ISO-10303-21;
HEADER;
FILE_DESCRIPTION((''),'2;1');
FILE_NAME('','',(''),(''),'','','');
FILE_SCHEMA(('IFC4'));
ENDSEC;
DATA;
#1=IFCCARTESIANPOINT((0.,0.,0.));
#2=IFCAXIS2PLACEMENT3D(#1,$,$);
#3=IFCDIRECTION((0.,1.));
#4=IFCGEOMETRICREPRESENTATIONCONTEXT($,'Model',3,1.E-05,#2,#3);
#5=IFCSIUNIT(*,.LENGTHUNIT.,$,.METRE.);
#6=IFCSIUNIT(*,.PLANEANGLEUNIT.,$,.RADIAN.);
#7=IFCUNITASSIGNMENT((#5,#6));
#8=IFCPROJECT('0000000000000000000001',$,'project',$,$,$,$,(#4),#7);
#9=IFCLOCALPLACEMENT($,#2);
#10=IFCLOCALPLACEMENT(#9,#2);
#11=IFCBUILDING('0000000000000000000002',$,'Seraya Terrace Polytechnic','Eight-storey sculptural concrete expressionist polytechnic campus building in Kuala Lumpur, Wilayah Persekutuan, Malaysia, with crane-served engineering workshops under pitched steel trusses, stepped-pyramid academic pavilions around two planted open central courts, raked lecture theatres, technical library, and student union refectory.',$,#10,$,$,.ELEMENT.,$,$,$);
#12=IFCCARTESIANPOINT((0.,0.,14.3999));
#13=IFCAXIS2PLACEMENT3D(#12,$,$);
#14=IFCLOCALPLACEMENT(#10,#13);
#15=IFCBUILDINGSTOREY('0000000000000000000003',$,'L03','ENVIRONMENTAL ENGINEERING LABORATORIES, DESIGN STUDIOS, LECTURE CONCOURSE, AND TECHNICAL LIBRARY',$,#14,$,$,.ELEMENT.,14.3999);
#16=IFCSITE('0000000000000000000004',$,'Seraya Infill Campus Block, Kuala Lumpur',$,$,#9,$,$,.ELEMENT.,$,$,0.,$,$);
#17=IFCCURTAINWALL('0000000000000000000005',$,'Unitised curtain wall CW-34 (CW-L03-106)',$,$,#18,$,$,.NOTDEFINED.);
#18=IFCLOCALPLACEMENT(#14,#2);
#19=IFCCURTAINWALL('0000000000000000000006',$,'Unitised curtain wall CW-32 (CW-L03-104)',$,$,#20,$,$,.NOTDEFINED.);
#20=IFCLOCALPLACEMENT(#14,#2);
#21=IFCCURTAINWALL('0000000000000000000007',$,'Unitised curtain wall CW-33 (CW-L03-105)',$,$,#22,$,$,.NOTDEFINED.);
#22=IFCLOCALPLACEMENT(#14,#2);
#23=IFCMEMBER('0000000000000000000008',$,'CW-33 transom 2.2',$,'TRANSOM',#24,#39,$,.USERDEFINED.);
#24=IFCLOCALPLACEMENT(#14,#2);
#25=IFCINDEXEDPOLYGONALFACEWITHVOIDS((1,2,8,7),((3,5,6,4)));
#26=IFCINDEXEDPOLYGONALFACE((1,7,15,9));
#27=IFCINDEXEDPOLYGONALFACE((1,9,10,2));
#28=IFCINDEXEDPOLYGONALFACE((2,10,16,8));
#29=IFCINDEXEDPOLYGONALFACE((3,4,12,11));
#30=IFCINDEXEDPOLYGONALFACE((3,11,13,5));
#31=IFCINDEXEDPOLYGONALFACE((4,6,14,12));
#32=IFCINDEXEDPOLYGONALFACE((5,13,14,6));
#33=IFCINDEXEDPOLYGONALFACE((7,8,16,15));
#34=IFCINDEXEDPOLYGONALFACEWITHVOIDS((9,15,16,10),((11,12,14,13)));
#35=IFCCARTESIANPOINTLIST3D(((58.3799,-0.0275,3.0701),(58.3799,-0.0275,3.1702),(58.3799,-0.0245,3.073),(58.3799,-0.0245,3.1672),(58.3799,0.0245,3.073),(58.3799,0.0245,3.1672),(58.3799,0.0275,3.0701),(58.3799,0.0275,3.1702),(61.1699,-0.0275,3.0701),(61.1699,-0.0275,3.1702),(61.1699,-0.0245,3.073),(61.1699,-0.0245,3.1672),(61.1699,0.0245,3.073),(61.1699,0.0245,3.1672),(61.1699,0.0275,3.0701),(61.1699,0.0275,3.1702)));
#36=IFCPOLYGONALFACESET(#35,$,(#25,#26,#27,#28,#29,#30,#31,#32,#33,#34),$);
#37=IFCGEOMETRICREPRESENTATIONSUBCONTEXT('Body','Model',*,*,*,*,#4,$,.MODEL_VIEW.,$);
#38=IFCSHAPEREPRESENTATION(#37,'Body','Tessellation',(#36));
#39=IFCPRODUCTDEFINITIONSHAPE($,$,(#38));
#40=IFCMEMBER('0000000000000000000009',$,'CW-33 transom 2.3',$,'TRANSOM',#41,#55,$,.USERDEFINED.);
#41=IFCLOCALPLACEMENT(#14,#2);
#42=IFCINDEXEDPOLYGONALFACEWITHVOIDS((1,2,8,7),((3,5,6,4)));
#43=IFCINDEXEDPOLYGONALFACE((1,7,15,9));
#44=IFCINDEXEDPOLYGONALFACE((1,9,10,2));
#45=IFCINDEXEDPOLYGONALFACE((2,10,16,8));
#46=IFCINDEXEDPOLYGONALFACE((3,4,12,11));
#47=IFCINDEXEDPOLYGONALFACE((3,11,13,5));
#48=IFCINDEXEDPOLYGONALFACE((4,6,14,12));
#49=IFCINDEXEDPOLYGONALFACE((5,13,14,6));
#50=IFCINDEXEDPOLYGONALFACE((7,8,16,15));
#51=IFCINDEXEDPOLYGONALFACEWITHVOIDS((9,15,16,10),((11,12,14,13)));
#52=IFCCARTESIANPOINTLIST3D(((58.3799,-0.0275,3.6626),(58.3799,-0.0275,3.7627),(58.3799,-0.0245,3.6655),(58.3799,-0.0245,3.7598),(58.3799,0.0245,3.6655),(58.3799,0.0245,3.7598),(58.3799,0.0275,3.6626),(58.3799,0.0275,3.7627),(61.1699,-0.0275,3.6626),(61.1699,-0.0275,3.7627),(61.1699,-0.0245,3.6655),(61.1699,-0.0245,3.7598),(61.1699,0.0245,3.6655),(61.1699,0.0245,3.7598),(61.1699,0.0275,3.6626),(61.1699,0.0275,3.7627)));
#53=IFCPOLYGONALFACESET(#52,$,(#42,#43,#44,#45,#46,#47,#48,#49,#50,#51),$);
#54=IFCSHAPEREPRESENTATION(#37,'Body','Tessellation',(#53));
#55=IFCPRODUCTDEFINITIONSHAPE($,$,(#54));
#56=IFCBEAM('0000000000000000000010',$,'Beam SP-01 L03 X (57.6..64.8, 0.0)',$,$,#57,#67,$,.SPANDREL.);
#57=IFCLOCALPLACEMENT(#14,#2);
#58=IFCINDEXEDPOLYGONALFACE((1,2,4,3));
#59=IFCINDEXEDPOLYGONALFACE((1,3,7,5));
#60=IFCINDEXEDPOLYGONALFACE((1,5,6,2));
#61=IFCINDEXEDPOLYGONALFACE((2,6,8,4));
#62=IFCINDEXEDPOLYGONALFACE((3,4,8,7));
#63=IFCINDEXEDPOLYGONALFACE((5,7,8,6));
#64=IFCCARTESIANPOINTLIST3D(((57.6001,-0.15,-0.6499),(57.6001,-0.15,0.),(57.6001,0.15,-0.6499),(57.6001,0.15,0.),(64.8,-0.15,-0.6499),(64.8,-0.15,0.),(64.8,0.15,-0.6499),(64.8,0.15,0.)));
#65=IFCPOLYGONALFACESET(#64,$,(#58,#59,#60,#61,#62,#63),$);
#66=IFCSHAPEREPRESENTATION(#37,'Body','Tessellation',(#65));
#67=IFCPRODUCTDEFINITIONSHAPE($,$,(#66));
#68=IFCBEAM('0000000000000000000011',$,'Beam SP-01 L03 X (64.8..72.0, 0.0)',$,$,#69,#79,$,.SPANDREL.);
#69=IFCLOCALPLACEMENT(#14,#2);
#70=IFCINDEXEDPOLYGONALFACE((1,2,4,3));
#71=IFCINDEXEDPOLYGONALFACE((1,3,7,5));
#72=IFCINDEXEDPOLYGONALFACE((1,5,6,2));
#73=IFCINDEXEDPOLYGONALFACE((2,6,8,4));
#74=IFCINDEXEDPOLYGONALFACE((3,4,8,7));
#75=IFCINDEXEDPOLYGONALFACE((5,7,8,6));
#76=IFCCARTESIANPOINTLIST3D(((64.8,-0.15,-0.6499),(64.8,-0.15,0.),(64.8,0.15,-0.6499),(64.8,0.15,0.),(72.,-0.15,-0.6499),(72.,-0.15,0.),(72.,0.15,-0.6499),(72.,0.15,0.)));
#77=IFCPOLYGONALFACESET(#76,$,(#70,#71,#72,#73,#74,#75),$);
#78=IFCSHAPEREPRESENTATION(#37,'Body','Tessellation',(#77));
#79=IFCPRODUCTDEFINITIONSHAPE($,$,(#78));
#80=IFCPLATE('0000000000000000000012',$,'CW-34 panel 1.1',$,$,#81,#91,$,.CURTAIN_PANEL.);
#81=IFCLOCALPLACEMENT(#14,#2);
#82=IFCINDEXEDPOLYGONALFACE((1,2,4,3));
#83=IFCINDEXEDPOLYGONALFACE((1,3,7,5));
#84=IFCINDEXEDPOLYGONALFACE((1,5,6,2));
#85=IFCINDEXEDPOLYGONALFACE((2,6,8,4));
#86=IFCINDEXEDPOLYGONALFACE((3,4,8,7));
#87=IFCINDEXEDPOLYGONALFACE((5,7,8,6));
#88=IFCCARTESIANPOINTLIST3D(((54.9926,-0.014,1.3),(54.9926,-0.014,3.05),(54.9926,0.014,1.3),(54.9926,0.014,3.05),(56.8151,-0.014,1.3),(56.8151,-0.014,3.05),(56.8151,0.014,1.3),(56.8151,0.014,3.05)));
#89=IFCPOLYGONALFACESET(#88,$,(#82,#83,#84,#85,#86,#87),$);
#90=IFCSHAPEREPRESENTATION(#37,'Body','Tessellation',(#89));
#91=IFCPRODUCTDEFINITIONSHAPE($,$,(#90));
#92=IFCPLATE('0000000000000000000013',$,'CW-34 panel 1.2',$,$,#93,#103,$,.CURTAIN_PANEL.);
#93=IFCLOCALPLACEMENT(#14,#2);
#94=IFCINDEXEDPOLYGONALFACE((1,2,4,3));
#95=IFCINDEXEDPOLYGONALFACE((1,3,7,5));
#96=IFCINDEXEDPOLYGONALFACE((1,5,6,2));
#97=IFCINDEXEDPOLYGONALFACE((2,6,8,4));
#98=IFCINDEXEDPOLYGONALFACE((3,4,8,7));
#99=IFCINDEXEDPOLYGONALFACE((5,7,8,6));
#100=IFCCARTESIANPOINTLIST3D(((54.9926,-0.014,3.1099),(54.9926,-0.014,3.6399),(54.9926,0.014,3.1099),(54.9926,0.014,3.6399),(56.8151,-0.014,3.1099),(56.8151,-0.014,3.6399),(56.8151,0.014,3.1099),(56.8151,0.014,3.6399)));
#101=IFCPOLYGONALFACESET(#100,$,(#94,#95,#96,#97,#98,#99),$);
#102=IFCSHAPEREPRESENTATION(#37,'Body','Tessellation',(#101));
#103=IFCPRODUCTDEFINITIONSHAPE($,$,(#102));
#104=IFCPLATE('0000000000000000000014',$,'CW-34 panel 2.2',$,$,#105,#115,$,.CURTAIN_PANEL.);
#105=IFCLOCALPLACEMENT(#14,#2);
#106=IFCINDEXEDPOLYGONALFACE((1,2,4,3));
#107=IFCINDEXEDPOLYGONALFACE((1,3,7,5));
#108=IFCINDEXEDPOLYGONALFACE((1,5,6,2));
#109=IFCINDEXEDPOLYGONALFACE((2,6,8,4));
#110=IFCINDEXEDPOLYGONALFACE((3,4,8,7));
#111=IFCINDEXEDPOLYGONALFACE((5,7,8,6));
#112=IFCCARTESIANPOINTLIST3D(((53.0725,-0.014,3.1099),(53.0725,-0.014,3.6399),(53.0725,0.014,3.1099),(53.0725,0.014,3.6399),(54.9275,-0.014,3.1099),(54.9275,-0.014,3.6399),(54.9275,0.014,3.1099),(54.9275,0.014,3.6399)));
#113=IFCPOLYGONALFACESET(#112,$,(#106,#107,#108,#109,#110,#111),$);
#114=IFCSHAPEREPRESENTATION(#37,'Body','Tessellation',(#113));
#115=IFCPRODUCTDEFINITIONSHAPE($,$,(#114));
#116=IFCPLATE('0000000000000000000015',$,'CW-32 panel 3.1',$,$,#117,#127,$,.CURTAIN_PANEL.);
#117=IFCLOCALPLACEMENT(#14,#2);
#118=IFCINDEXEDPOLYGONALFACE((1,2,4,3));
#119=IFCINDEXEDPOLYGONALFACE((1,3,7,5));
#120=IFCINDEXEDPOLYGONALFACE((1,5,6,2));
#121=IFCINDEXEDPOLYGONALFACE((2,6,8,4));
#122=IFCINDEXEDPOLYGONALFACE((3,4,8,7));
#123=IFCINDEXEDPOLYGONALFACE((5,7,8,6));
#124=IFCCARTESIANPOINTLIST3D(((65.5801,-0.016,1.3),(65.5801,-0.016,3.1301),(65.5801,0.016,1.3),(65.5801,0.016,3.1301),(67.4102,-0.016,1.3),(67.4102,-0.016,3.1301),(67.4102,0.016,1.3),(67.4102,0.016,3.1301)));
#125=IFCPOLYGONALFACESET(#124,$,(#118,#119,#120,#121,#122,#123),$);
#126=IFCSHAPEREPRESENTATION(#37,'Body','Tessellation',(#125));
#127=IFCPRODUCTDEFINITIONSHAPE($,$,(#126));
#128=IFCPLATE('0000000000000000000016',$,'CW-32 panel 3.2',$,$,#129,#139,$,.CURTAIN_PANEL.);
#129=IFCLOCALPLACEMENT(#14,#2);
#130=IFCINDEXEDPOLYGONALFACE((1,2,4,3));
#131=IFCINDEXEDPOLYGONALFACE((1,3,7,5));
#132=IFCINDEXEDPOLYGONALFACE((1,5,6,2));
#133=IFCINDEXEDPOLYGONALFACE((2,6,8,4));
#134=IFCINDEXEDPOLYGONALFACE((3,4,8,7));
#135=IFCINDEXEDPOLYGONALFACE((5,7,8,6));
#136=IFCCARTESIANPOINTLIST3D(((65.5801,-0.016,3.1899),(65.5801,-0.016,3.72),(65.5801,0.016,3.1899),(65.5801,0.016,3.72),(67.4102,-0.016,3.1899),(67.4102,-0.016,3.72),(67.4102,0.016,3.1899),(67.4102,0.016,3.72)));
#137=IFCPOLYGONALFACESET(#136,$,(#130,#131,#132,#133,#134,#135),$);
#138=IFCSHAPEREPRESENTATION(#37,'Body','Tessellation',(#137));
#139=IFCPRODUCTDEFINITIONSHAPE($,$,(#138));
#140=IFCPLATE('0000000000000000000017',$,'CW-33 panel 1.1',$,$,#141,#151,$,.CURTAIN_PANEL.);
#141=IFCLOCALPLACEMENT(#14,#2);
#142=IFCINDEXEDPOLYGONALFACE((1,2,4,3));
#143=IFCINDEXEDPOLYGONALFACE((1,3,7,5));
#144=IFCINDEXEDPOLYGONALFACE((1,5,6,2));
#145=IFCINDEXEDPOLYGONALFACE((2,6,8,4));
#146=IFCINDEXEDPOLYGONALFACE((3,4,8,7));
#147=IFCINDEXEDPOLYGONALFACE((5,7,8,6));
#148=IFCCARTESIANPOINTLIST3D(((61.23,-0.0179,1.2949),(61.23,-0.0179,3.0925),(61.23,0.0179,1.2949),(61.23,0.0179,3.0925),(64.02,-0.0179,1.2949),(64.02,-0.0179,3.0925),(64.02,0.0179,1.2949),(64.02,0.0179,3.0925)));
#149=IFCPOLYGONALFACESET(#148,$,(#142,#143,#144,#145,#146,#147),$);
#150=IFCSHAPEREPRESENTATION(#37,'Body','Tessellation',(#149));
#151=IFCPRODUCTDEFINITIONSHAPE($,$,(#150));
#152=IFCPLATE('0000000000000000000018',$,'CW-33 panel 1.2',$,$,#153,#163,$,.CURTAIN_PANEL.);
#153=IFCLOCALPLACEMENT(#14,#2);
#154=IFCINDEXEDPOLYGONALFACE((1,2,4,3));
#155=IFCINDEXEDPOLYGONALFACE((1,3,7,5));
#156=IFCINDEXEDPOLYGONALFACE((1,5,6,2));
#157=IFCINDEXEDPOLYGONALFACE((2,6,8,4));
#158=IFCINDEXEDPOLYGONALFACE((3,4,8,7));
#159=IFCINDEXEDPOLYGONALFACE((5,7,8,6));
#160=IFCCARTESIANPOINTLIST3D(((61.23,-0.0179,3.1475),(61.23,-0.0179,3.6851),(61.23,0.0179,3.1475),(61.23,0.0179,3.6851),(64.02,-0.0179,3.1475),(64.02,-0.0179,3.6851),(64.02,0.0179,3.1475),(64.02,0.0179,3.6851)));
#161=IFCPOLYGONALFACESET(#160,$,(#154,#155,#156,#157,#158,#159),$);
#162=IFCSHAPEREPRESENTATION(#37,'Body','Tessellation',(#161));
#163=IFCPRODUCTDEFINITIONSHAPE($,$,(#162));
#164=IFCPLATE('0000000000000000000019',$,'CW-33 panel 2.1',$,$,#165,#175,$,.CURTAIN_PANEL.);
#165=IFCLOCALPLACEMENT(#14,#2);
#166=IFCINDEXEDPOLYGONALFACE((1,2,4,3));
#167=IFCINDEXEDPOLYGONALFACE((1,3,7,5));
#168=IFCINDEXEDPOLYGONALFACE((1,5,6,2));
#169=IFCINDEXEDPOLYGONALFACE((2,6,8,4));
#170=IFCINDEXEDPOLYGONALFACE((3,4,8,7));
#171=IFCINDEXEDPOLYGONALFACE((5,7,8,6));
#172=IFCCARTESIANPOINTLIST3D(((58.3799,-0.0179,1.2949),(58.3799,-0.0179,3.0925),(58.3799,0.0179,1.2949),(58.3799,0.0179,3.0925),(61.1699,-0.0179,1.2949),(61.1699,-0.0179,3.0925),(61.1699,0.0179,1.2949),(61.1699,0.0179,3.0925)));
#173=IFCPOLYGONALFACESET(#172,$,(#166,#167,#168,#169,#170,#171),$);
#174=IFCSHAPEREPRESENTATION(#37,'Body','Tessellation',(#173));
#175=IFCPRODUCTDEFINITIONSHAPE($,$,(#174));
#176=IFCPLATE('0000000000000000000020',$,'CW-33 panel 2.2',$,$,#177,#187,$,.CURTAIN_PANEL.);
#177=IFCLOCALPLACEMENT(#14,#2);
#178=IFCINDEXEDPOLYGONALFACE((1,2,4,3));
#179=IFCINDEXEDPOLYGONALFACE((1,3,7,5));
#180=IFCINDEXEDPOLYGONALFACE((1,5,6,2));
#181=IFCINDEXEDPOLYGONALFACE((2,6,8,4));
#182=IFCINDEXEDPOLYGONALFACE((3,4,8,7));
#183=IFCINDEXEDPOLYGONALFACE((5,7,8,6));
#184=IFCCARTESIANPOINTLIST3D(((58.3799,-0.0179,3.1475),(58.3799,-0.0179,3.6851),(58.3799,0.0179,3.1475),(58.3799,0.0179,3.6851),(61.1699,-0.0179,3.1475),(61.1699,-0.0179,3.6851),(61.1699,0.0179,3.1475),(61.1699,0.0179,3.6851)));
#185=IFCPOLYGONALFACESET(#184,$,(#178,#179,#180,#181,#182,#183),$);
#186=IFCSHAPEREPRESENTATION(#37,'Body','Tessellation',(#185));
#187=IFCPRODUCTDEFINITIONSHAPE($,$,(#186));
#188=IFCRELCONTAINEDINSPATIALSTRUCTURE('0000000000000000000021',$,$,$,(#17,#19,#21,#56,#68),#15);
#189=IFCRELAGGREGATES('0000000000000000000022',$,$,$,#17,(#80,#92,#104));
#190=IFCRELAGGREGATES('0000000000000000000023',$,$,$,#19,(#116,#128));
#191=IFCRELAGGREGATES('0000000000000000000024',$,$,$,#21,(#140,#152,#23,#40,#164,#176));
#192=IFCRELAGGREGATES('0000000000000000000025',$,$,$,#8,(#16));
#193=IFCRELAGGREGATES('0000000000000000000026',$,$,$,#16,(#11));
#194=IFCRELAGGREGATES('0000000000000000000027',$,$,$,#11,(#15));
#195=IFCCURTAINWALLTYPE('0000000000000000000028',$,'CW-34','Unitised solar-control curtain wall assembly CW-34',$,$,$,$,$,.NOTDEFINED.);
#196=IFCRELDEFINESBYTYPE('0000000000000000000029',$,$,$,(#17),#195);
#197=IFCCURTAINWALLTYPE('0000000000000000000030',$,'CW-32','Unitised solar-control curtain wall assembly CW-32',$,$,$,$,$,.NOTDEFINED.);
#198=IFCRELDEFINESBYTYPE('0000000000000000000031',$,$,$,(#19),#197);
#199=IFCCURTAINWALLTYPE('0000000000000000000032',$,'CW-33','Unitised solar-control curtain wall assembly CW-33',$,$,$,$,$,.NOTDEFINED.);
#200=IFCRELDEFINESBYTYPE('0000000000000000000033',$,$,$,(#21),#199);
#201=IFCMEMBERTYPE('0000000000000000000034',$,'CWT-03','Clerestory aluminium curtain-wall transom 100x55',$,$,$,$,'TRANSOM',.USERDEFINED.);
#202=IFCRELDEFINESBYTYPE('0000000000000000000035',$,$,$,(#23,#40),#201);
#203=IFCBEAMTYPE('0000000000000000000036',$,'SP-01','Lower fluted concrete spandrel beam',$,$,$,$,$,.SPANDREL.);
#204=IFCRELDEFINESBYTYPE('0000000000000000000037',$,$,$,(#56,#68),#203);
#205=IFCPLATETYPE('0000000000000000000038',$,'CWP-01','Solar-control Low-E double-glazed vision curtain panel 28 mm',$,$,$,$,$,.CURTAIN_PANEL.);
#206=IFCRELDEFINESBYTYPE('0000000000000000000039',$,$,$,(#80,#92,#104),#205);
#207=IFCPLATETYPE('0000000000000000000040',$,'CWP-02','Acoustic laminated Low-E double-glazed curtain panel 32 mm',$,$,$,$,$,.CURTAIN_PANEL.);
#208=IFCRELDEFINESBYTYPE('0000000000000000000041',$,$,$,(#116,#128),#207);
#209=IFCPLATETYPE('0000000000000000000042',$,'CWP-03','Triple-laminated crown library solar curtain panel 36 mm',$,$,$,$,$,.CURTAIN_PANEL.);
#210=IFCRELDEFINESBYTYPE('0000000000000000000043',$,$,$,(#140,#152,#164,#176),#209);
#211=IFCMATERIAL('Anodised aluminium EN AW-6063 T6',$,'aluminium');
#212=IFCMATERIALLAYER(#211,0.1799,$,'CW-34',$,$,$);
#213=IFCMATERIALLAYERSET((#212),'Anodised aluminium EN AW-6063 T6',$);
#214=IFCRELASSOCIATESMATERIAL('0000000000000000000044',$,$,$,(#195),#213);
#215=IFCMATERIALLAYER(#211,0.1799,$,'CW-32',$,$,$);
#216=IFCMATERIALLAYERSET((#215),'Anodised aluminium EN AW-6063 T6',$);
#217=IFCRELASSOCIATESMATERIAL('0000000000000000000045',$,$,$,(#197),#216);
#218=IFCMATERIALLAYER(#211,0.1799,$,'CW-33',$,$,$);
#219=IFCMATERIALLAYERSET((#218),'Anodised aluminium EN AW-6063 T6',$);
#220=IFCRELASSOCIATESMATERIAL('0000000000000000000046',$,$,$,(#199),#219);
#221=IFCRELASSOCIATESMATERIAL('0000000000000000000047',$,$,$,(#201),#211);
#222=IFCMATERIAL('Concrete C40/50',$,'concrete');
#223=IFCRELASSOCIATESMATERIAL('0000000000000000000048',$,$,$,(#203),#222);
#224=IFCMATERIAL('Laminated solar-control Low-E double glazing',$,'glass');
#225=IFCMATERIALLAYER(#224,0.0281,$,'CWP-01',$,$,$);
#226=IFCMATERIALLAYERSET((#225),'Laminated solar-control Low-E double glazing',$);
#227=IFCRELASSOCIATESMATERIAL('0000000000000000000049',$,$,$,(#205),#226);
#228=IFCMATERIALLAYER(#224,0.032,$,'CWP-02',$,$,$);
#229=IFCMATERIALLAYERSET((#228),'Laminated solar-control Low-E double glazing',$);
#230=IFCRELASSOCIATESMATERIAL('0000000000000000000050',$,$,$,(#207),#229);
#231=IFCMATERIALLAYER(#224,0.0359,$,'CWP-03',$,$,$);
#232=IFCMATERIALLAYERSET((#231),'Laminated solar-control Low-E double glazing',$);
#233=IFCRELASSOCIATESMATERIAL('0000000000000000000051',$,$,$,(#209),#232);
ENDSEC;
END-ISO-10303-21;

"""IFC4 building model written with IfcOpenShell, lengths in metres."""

from ifc_helpers import new_model, si_unit, direction, frame, origin, origin_2d, place, context, subcontext, project, spatial, rectangle, hollow_rectangle, extrude, material, layer, layer_set, material_profile, profile_set, type_object, element, aggregate, save


model = new_model("IFC4")

# Units and contexts
model_context = context("Model", 3, precision=1e-05, world=origin(), true_north=direction((0.0, 1.0)))
body_context = subcontext(model_context, "Body", "Model", "MODEL_VIEW")
ifc_project = project(units=[si_unit("LENGTHUNIT", "METRE"), si_unit("PLANEANGLEUNIT", "RADIAN")], contexts=[model_context])

# Site, building, storey
site_placement = place(None, origin())
site = spatial("IfcSite", under=ifc_project, at=site_placement, Name="Seraya Infill Campus Block, Kuala Lumpur", CompositionType="ELEMENT", RefElevation=0.0)
building_placement = place(site_placement, origin())
building = spatial("IfcBuilding", under=site, at=building_placement, Name="Seraya Terrace Polytechnic", Description="Eight-storey sculptural concrete expressionist polytechnic campus building in Kuala Lumpur, Wilayah Persekutuan, Malaysia, with crane-served engineering workshops under pitched steel trusses, stepped-pyramid academic pavilions around two planted open central courts, raked lecture theatres, technical library, and student union refectory.", CompositionType="ELEMENT")
storey_placement = place(building_placement, frame((0.0, 0.0, 14.3999)))
storey = spatial("IfcBuildingStorey", under=building, at=storey_placement, Name="L03", Description="ENVIRONMENTAL ENGINEERING LABORATORIES, DESIGN STUDIOS, LECTURE CONCOURSE, AND TECHNICAL LIBRARY", CompositionType="ELEMENT", Elevation=14.3999)

# Shared definitions
ifc_material_1 = material(Name="Concrete C40/50", Category="concrete")

# Curtain wall
ifc_material_2 = material(Name="Anodised aluminium EN AW-6063 T6", Category="aluminium")
ifc_layer_1 = layer(ifc_material_2, 0.1799, Name="CW-34")
ifc_layer_set_1 = layer_set([ifc_layer_1], Name="Anodised aluminium EN AW-6063 T6")
curtain_wall_type_1 = type_object("IfcCurtainWallType", Name="CW-34", Description="Unitised solar-control curtain wall assembly CW-34", PredefinedType="NOTDEFINED", material=ifc_layer_set_1)
curtain_wall_1_placement = place(storey_placement, origin())
curtain_wall_1 = element("IfcCurtainWall", 1, at=curtain_wall_1_placement, inside=storey, type_object=curtain_wall_type_1, Name="Unitised curtain wall CW-34 (CW-L03-106)", PredefinedType="NOTDEFINED")

# Curtain wall
ifc_layer_2 = layer(ifc_material_2, 0.1799, Name="CW-32")
ifc_layer_set_2 = layer_set([ifc_layer_2], Name="Anodised aluminium EN AW-6063 T6")
curtain_wall_type_2 = type_object("IfcCurtainWallType", Name="CW-32", Description="Unitised solar-control curtain wall assembly CW-32", PredefinedType="NOTDEFINED", material=ifc_layer_set_2)
curtain_wall_2_placement = place(storey_placement, origin())
curtain_wall_2 = element("IfcCurtainWall", 2, at=curtain_wall_2_placement, inside=storey, type_object=curtain_wall_type_2, Name="Unitised curtain wall CW-32 (CW-L03-104)", PredefinedType="NOTDEFINED")

# Curtain wall
ifc_layer_3 = layer(ifc_material_2, 0.1799, Name="CW-33")
ifc_layer_set_3 = layer_set([ifc_layer_3], Name="Anodised aluminium EN AW-6063 T6")
curtain_wall_type_3 = type_object("IfcCurtainWallType", Name="CW-33", Description="Unitised solar-control curtain wall assembly CW-33", PredefinedType="NOTDEFINED", material=ifc_layer_set_3)
curtain_wall_3_placement = place(storey_placement, origin())
curtain_wall_3 = element("IfcCurtainWall", 3, at=curtain_wall_3_placement, inside=storey, type_object=curtain_wall_type_3, Name="Unitised curtain wall CW-33 (CW-L03-105)", PredefinedType="NOTDEFINED")

# Members
ifc_material_profile_1 = material_profile(ifc_material_2, hollow_rectangle(XDim=0.0549, YDim=0.1001, WallThickness=0.0029, at=origin_2d()), Name="RHS 100x55x3.0")
ifc_profile_set_1 = profile_set([ifc_material_profile_1], Name="Anodised aluminium EN AW-6063 T6")
member_type_1 = type_object("IfcMemberType", Name="CWT-03", Description="Clerestory aluminium curtain-wall transom 100x55", ElementType="TRANSOM", PredefinedType="USERDEFINED", material=ifc_profile_set_1)
member_1_placement = place(storey_placement, frame((61.1699, 0.0, 3.1201), z_axis=(-1.0, 0.0, 0.0), x_axis=(0.0, -1.0, 0.0)))
member_1 = element("IfcMember", 4, at=member_1_placement, type_object=member_type_1, Name="CW-33 transom 2.2", ObjectType="TRANSOM", PredefinedType="USERDEFINED", context=body_context, shape_type="SweptSolid", body=[
    extrude(hollow_rectangle(XDim=0.0549, YDim=0.1001, WallThickness=0.0029, at=origin_2d()), origin(), (0.0, 0.0, 1.0), 2.79),
])
member_2_placement = place(storey_placement, frame((61.1699, 0.0, 3.7126), z_axis=(-1.0, 0.0, 0.0), x_axis=(0.0, -1.0, 0.0)))
member_2 = element("IfcMember", 5, at=member_2_placement, type_object=member_type_1, Name="CW-33 transom 2.3", ObjectType="TRANSOM", PredefinedType="USERDEFINED", context=body_context, shape_type="SweptSolid", body=[
    extrude(hollow_rectangle(XDim=0.0549, YDim=0.1001, WallThickness=0.0029, at=origin_2d()), origin(), (0.0, 0.0, 1.0), 2.79),
])

# Beams
ifc_material_profile_2 = material_profile(ifc_material_1, rectangle(XDim=0.3, YDim=0.6499, at=origin_2d()), Name="RC 300x650")
ifc_profile_set_2 = profile_set([ifc_material_profile_2], Name="Concrete C40/50")
beam_type_1 = type_object("IfcBeamType", Name="SP-01", Description="Lower fluted concrete spandrel beam", PredefinedType="SPANDREL", material=ifc_profile_set_2)
for number, where, z_axis, x_axis, name in (
    (6, (57.6001, 0.0, -0.325), (1.0, 0.0, 0.0), (0.0, 1.0, 0.0), "Beam SP-01 L03 X (57.6..64.8, 0.0)"),
    (7, (64.8, 0.0, -0.325), (1.0, 0.0, 0.0), (0.0, 1.0, 0.0), "Beam SP-01 L03 X (64.8..72.0, 0.0)"),
):
    element("IfcBeam", number, at=place(storey_placement, frame(where, z_axis=z_axis, x_axis=x_axis)), inside=storey, type_object=beam_type_1, Name=name, PredefinedType="SPANDREL", context=body_context, shape_type="SweptSolid", body=[
        extrude(rectangle(XDim=0.3, YDim=0.6499, at=origin_2d()), origin(), (0.0, 0.0, 1.0), 7.2),
    ])

# Plates
ifc_material_3 = material(Name="Laminated solar-control Low-E double glazing", Category="glass")
ifc_layer_4 = layer(ifc_material_3, 0.0281, Name="CWP-01")
ifc_layer_set_4 = layer_set([ifc_layer_4], Name="Laminated solar-control Low-E double glazing")
plate_type_1 = type_object("IfcPlateType", Name="CWP-01", Description="Solar-control Low-E double-glazed vision curtain panel 28 mm", PredefinedType="CURTAIN_PANEL", material=ifc_layer_set_4)
plate_1_placement = place(storey_placement, frame((55.9038, 0.0, 1.3), z_axis=(0.0, 0.0, 1.0), x_axis=(-1.0, 0.0, 0.0)))
plate_1 = element("IfcPlate", 8, at=plate_1_placement, type_object=plate_type_1, Name="CW-34 panel 1.1", PredefinedType="CURTAIN_PANEL", context=body_context, shape_type="SweptSolid", body=[
    extrude(rectangle(XDim=1.8225, YDim=0.0281, at=origin_2d()), origin(), (0.0, 0.0, 1.0), 1.75),
])
plate_2_placement = place(storey_placement, frame((55.9038, 0.0, 3.1099), z_axis=(0.0, 0.0, 1.0), x_axis=(-1.0, 0.0, 0.0)))
plate_2 = element("IfcPlate", 9, at=plate_2_placement, type_object=plate_type_1, Name="CW-34 panel 1.2", PredefinedType="CURTAIN_PANEL", context=body_context, shape_type="SweptSolid", body=[
    extrude(rectangle(XDim=1.8225, YDim=0.0281, at=origin_2d()), origin(), (0.0, 0.0, 1.0), 0.53),
])
plate_3_placement = place(storey_placement, frame((54.0, 0.0, 3.1099), z_axis=(0.0, 0.0, 1.0), x_axis=(-1.0, 0.0, 0.0)))
plate_3 = element("IfcPlate", 10, at=plate_3_placement, type_object=plate_type_1, Name="CW-34 panel 2.2", PredefinedType="CURTAIN_PANEL", context=body_context, shape_type="SweptSolid", body=[
    extrude(rectangle(XDim=1.855, YDim=0.0281, at=origin_2d()), origin(), (0.0, 0.0, 1.0), 0.53),
])
aggregate(curtain_wall_1, [plate_1, plate_2, plate_3])
ifc_layer_5 = layer(ifc_material_3, 0.032, Name="CWP-02")
ifc_layer_set_5 = layer_set([ifc_layer_5], Name="Laminated solar-control Low-E double glazing")
plate_type_2 = type_object("IfcPlateType", Name="CWP-02", Description="Acoustic laminated Low-E double-glazed curtain panel 32 mm", PredefinedType="CURTAIN_PANEL", material=ifc_layer_set_5)
plate_4_placement = place(storey_placement, frame((66.4951, 0.0, 1.3), z_axis=(0.0, 0.0, 1.0), x_axis=(-1.0, 0.0, 0.0)))
plate_4 = element("IfcPlate", 11, at=plate_4_placement, type_object=plate_type_2, Name="CW-32 panel 3.1", PredefinedType="CURTAIN_PANEL", context=body_context, shape_type="SweptSolid", body=[
    extrude(rectangle(XDim=1.8301, YDim=0.032, at=origin_2d()), origin(), (0.0, 0.0, 1.0), 1.8301),
])
plate_5_placement = place(storey_placement, frame((66.4951, 0.0, 3.1899), z_axis=(0.0, 0.0, 1.0), x_axis=(-1.0, 0.0, 0.0)))
plate_5 = element("IfcPlate", 12, at=plate_5_placement, type_object=plate_type_2, Name="CW-32 panel 3.2", PredefinedType="CURTAIN_PANEL", context=body_context, shape_type="SweptSolid", body=[
    extrude(rectangle(XDim=1.8301, YDim=0.032, at=origin_2d()), origin(), (0.0, 0.0, 1.0), 0.53),
])
aggregate(curtain_wall_2, [plate_4, plate_5])
ifc_layer_6 = layer(ifc_material_3, 0.0359, Name="CWP-03")
ifc_layer_set_6 = layer_set([ifc_layer_6], Name="Laminated solar-control Low-E double glazing")
plate_type_3 = type_object("IfcPlateType", Name="CWP-03", Description="Triple-laminated crown library solar curtain panel 36 mm", PredefinedType="CURTAIN_PANEL", material=ifc_layer_set_6)
plate_6_placement = place(storey_placement, frame((62.625, 0.0, 1.2949), z_axis=(0.0, 0.0, 1.0), x_axis=(-1.0, 0.0, 0.0)))
plate_6 = element("IfcPlate", 13, at=plate_6_placement, type_object=plate_type_3, Name="CW-33 panel 1.1", PredefinedType="CURTAIN_PANEL", context=body_context, shape_type="SweptSolid", body=[
    extrude(rectangle(XDim=2.79, YDim=0.0359, at=origin_2d()), origin(), (0.0, 0.0, 1.0), 1.7976),
])
plate_7_placement = place(storey_placement, frame((62.625, 0.0, 3.1475), z_axis=(0.0, 0.0, 1.0), x_axis=(-1.0, 0.0, 0.0)))
plate_7 = element("IfcPlate", 14, at=plate_7_placement, type_object=plate_type_3, Name="CW-33 panel 1.2", PredefinedType="CURTAIN_PANEL", context=body_context, shape_type="SweptSolid", body=[
    extrude(rectangle(XDim=2.79, YDim=0.0359, at=origin_2d()), origin(), (0.0, 0.0, 1.0), 0.5376),
])
plate_8_placement = place(storey_placement, frame((59.7749, 0.0, 1.2949), z_axis=(0.0, 0.0, 1.0), x_axis=(-1.0, 0.0, 0.0)))
plate_8 = element("IfcPlate", 15, at=plate_8_placement, type_object=plate_type_3, Name="CW-33 panel 2.1", PredefinedType="CURTAIN_PANEL", context=body_context, shape_type="SweptSolid", body=[
    extrude(rectangle(XDim=2.79, YDim=0.0359, at=origin_2d()), origin(), (0.0, 0.0, 1.0), 1.7976),
])
plate_9_placement = place(storey_placement, frame((59.7749, 0.0, 3.1475), z_axis=(0.0, 0.0, 1.0), x_axis=(-1.0, 0.0, 0.0)))
plate_9 = element("IfcPlate", 16, at=plate_9_placement, type_object=plate_type_3, Name="CW-33 panel 2.2", PredefinedType="CURTAIN_PANEL", context=body_context, shape_type="SweptSolid", body=[
    extrude(rectangle(XDim=2.79, YDim=0.0359, at=origin_2d()), origin(), (0.0, 0.0, 1.0), 0.5376),
])
aggregate(curtain_wall_3, [plate_6, plate_7, member_1, member_2, plate_8, plate_9])

save(model, "model.ifc")
